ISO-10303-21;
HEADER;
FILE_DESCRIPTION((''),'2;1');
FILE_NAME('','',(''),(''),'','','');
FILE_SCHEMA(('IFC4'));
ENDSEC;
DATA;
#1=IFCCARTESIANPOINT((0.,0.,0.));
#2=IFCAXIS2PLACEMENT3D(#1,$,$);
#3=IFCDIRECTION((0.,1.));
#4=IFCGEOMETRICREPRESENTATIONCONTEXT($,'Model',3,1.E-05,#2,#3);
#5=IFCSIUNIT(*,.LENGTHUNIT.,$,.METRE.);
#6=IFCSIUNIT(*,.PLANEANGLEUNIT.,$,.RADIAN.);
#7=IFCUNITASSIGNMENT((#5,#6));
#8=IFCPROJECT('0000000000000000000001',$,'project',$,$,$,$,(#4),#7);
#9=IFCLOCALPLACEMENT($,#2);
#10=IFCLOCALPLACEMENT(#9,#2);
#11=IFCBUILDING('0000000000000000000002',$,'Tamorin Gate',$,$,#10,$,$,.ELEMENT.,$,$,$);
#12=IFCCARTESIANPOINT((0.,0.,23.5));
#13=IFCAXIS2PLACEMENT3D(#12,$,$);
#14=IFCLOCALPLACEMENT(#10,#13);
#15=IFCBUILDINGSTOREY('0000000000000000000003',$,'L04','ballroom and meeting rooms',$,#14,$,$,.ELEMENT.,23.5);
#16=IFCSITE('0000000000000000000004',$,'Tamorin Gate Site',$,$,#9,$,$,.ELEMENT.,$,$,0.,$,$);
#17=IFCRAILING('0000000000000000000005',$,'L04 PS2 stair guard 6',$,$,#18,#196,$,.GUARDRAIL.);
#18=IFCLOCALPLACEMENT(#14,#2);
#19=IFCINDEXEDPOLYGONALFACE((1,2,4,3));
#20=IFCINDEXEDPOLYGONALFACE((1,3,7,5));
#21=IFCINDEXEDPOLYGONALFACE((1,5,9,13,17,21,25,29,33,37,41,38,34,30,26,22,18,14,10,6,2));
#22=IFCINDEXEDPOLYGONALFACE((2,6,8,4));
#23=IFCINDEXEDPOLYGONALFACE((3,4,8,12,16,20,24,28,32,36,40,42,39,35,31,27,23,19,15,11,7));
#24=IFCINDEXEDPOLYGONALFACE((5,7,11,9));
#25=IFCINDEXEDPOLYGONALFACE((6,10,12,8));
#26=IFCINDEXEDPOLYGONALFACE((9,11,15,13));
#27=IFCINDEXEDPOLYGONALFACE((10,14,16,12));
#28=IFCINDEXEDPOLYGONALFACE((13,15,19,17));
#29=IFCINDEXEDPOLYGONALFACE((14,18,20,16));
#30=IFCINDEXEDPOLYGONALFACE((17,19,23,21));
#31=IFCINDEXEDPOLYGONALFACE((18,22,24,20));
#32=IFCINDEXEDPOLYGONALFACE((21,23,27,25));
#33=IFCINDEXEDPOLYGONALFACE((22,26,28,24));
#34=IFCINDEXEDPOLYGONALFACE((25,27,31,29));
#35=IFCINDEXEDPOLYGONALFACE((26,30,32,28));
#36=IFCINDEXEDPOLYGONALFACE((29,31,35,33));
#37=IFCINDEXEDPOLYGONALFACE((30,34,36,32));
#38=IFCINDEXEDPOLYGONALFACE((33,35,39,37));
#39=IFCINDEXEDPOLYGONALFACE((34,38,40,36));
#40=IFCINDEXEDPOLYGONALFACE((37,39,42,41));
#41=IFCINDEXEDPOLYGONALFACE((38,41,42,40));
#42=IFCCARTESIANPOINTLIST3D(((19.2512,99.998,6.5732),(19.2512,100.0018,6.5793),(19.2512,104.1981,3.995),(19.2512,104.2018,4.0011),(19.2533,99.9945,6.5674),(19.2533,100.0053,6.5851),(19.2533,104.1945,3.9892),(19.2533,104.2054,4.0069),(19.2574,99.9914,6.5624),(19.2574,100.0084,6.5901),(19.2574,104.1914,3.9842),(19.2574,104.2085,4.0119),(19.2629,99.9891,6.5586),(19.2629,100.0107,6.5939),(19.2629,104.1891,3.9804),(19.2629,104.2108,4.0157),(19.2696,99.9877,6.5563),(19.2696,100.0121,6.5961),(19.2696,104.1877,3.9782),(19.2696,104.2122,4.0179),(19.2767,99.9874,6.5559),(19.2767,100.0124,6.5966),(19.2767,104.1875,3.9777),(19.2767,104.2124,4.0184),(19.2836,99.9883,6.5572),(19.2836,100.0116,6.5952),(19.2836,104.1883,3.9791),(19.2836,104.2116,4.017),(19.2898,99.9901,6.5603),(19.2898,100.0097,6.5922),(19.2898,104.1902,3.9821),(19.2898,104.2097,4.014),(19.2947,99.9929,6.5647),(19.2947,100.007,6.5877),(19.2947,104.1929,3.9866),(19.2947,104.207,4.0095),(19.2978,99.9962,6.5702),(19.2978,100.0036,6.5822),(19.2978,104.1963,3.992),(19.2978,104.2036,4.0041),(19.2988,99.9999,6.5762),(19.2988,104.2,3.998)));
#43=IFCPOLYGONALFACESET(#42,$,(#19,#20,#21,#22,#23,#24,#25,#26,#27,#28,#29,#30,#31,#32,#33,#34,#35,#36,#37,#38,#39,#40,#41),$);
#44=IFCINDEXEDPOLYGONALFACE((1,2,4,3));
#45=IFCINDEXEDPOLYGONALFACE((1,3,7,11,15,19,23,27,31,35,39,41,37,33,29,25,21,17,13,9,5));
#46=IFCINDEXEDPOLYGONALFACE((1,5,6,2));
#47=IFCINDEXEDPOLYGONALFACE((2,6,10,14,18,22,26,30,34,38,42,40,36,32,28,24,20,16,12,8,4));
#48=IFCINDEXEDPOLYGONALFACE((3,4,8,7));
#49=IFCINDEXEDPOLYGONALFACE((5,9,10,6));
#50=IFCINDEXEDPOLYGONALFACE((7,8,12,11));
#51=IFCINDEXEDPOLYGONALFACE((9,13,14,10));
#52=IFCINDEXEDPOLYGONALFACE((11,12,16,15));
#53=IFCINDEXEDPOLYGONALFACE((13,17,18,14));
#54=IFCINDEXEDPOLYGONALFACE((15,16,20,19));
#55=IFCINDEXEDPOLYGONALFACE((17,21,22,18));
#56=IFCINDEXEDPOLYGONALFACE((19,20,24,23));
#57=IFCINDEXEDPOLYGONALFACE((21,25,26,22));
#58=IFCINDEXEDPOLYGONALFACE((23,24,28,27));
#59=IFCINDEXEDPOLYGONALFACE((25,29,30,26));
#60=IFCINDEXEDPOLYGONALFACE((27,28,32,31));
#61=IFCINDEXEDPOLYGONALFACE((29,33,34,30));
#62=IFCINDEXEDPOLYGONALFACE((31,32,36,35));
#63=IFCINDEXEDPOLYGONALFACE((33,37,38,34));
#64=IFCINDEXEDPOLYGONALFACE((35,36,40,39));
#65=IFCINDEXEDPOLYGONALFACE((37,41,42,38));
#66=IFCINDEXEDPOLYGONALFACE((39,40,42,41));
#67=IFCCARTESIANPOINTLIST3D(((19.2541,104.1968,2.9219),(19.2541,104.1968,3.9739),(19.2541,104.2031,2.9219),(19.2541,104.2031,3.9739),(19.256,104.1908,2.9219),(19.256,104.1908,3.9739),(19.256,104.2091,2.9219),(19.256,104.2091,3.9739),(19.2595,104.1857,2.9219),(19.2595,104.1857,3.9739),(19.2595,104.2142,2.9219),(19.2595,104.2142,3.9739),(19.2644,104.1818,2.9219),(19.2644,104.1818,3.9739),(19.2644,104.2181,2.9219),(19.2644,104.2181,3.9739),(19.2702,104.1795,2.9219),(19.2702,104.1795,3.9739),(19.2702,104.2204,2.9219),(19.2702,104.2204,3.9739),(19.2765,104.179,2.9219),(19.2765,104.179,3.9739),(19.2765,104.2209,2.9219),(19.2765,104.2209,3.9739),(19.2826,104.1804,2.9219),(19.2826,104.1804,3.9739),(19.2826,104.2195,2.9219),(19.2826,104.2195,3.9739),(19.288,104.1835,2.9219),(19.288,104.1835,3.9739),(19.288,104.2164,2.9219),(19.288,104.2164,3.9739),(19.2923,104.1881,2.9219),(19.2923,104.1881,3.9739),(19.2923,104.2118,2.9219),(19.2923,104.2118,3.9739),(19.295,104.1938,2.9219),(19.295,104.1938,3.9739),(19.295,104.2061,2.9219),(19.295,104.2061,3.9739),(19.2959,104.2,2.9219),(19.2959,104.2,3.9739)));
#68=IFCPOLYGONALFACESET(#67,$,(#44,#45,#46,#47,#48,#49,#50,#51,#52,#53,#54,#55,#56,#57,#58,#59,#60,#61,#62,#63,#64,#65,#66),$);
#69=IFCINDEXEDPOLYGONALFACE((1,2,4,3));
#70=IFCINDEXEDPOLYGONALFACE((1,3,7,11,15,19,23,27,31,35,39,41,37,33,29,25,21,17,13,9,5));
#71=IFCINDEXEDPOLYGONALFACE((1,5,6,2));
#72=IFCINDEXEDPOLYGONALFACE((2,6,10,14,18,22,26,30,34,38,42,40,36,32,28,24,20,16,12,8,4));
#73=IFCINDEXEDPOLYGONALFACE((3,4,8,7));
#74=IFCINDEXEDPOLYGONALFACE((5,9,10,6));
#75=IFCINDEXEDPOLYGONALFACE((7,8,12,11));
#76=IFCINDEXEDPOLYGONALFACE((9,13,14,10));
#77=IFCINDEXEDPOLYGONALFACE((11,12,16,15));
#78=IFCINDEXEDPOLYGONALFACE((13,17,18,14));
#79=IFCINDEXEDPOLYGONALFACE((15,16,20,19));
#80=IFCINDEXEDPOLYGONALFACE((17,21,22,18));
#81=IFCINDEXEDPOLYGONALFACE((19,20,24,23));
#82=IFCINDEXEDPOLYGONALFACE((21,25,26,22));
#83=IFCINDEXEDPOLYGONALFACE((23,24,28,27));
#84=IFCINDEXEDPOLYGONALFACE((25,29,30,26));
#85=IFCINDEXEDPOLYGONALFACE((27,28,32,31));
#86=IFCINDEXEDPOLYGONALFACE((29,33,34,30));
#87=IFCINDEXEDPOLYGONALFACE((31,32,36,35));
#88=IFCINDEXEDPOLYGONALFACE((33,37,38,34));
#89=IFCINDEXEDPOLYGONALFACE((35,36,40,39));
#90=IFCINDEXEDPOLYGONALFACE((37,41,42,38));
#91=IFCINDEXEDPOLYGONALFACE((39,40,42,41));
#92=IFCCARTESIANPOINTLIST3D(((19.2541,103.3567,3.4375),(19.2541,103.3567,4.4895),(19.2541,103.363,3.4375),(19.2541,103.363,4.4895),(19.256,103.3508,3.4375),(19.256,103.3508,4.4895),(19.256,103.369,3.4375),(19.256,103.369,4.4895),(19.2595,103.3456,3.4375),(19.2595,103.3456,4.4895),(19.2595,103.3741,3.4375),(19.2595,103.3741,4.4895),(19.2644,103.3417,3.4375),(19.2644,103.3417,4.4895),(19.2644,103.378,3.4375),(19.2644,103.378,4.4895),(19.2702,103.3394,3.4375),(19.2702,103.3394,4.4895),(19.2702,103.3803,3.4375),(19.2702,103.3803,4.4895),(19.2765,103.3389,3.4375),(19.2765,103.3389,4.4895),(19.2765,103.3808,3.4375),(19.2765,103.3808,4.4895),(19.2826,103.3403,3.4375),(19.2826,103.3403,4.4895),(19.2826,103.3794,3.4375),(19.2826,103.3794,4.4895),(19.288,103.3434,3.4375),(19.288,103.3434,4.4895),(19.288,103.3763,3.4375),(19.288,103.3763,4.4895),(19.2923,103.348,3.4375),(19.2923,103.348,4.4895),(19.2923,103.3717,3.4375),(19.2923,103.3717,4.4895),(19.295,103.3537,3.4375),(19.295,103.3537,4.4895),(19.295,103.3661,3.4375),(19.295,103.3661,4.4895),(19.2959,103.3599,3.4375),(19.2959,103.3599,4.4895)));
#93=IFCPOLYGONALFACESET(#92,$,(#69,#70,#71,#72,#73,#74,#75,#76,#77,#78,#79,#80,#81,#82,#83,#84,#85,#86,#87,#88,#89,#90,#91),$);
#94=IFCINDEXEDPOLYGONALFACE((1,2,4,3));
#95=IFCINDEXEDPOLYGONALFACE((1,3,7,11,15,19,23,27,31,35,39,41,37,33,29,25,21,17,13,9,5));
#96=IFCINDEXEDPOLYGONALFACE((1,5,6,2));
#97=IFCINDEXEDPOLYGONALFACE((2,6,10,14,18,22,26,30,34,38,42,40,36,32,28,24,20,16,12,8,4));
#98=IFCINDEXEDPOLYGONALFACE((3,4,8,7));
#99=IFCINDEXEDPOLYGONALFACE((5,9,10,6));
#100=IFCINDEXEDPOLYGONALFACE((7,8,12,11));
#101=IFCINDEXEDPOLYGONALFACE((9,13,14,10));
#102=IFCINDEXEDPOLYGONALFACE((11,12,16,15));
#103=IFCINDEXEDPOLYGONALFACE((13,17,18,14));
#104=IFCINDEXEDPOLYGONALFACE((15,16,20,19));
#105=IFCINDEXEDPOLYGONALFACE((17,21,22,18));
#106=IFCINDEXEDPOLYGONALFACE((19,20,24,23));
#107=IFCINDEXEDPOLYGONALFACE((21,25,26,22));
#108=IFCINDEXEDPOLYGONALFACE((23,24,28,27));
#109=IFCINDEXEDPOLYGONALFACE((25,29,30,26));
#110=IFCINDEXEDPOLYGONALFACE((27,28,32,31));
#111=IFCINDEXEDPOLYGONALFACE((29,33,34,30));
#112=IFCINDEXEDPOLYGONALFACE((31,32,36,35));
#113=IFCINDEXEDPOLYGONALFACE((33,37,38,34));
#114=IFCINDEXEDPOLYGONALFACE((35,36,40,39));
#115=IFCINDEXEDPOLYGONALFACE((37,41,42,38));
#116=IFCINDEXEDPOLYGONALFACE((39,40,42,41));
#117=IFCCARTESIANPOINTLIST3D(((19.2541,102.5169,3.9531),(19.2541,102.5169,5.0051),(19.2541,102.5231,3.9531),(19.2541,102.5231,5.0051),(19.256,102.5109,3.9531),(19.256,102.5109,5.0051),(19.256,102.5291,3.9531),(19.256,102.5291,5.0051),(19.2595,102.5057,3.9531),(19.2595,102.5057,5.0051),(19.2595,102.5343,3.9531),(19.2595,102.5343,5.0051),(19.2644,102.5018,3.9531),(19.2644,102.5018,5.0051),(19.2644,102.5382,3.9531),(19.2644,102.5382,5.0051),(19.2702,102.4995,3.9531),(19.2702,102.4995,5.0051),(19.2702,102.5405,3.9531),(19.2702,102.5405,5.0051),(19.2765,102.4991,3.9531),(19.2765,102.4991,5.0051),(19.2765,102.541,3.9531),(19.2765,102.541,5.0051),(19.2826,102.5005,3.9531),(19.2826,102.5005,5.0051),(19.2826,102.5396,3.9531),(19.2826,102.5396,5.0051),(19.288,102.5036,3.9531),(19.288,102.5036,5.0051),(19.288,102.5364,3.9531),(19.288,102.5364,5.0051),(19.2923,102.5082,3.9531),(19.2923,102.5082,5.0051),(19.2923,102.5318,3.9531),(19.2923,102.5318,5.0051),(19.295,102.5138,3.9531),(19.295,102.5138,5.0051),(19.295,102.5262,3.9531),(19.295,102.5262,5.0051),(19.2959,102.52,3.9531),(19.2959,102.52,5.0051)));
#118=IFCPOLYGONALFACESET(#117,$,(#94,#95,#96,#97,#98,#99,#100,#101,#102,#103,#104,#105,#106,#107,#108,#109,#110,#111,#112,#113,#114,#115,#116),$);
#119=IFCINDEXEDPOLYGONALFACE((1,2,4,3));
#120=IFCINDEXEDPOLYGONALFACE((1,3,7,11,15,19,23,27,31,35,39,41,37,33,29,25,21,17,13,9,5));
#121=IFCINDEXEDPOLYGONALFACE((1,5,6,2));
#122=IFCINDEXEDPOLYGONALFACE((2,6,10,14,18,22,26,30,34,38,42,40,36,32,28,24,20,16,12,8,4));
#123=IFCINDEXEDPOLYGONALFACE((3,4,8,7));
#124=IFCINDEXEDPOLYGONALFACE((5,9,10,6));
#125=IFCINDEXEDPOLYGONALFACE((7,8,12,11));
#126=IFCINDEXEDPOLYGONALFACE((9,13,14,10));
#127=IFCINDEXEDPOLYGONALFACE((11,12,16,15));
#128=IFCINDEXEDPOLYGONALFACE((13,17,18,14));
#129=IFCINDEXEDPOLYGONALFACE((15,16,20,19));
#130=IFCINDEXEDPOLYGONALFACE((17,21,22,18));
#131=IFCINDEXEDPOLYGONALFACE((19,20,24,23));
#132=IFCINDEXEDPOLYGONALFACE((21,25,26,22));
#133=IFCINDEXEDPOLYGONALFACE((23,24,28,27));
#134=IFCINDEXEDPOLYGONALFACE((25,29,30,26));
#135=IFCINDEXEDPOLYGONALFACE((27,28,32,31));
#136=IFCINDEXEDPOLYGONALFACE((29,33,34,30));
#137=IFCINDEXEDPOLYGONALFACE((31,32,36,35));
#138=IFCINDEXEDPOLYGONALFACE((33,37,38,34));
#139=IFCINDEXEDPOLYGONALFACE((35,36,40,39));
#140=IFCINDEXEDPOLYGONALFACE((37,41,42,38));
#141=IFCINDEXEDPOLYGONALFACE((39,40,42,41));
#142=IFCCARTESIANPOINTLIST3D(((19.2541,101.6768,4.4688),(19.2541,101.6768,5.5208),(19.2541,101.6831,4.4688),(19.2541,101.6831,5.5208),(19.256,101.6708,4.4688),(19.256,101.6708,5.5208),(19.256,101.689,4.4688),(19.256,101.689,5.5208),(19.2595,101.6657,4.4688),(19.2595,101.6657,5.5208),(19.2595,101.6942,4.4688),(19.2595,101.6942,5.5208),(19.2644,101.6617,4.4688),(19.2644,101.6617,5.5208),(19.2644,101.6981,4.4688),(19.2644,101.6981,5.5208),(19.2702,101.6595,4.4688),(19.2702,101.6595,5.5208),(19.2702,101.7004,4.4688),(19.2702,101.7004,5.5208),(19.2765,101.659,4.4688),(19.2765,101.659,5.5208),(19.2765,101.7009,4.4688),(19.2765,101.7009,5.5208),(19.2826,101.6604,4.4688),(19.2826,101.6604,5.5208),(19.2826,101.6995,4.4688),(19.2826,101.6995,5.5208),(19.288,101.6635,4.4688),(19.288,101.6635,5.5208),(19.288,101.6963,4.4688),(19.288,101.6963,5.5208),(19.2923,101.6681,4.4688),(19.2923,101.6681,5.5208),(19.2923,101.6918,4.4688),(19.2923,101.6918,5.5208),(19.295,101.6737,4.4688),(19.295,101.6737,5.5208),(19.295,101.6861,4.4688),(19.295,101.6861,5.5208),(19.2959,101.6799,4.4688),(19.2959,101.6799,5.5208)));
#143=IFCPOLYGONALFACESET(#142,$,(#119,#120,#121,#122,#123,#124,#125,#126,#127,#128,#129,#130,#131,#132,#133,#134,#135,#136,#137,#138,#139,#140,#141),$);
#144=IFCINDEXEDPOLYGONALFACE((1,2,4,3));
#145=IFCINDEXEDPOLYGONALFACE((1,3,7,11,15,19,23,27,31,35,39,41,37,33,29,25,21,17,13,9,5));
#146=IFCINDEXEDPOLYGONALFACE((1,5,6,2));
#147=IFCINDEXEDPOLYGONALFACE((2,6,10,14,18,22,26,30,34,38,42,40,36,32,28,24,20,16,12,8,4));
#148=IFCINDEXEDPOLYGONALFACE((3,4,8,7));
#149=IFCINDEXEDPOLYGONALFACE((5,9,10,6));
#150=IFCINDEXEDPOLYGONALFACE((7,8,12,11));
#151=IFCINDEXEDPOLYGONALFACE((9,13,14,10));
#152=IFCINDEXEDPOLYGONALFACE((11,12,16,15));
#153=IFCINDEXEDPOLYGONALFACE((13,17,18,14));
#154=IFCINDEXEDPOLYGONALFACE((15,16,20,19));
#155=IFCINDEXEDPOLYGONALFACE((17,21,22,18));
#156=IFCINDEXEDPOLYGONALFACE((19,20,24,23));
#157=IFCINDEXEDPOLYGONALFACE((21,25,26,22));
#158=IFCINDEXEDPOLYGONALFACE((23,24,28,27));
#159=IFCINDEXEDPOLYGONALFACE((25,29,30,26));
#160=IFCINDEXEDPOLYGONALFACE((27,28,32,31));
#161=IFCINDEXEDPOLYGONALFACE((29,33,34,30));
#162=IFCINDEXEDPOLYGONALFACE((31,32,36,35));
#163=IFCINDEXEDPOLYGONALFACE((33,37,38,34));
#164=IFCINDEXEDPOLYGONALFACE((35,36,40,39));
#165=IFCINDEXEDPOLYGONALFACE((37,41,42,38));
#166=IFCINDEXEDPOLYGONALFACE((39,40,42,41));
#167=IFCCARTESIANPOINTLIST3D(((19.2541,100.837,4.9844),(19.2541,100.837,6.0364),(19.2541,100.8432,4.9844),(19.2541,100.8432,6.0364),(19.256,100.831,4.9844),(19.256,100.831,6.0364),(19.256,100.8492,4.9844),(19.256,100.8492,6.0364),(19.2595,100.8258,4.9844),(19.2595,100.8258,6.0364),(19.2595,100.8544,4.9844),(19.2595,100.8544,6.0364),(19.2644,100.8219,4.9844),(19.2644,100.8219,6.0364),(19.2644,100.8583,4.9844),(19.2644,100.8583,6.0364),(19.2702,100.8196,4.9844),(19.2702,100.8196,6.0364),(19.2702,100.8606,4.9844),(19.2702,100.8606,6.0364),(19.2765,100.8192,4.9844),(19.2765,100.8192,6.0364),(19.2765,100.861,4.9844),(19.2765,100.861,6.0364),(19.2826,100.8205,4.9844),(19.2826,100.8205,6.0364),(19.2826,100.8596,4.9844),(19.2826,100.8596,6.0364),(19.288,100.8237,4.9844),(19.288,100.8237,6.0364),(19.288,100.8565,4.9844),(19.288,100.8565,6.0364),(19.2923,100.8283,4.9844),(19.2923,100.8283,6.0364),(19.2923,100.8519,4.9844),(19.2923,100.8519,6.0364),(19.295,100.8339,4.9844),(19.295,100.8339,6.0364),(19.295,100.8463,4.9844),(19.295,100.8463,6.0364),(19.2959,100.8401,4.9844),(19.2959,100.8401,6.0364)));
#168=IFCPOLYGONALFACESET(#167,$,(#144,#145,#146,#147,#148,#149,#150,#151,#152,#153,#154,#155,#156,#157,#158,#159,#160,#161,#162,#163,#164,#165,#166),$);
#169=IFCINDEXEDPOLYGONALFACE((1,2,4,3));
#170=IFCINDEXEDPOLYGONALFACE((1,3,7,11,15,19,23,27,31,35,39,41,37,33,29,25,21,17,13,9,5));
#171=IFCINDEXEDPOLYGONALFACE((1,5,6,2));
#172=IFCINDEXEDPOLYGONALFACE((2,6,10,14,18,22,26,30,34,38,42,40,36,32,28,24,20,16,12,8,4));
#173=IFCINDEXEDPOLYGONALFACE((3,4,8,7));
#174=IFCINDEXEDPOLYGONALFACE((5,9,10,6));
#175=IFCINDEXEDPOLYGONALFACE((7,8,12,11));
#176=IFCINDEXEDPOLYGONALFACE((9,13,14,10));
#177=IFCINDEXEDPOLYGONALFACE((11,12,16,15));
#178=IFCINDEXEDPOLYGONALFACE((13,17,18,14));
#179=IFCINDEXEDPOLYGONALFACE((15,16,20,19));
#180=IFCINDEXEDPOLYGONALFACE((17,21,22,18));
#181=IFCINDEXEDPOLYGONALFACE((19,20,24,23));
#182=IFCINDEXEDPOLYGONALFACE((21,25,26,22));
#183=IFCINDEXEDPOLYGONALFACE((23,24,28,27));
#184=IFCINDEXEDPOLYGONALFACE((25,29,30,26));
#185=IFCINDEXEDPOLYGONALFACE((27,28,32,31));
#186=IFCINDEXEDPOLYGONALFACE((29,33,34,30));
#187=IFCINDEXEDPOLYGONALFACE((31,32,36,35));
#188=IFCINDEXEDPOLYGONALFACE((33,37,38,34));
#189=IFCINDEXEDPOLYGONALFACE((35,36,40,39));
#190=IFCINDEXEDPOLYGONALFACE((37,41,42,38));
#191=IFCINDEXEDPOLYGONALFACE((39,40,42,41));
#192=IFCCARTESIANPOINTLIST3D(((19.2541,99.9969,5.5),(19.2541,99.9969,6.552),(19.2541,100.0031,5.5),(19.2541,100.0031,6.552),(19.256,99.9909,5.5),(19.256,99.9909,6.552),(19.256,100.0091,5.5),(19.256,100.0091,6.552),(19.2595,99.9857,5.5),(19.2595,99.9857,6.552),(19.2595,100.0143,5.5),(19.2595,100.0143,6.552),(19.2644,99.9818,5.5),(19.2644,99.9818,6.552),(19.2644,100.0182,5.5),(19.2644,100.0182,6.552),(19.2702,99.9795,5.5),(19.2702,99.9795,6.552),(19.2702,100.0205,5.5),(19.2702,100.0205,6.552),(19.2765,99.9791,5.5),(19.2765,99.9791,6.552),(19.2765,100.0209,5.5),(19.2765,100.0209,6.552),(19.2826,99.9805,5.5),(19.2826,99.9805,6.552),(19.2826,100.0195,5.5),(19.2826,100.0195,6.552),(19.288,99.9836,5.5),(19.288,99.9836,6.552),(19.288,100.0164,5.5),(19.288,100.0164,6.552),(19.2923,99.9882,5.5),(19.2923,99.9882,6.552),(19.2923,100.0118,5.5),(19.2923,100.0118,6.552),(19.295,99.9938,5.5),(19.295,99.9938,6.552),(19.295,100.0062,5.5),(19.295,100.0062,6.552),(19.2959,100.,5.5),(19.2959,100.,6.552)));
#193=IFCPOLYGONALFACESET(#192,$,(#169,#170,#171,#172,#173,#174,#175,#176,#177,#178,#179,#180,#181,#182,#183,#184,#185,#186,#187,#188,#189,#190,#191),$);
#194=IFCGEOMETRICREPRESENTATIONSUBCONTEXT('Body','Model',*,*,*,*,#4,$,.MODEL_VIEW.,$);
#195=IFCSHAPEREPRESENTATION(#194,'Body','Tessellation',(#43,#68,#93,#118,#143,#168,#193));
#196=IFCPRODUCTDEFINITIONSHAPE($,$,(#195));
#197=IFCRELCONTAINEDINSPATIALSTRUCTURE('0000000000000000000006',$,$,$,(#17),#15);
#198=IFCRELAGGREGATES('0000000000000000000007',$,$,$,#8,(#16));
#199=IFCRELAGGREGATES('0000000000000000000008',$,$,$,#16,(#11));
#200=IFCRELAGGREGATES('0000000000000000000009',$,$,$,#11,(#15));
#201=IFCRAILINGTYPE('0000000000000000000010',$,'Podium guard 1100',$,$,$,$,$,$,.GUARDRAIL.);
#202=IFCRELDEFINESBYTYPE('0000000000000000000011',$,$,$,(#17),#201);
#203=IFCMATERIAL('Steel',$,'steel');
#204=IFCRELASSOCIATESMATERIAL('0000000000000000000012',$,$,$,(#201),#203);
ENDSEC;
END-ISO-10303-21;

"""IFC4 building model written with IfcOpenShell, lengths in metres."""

from ifc_helpers import new_model, si_unit, direction, frame, origin, origin_2d, place, context, subcontext, project, spatial, circle, extrude, material, type_object, element, save


model = new_model("IFC4")

# Units and contexts
model_context = context("Model", 3, precision=1e-05, world=origin(), true_north=direction((0.0, 1.0)))
body_context = subcontext(model_context, "Body", "Model", "MODEL_VIEW")
ifc_project = project(units=[si_unit("LENGTHUNIT", "METRE"), si_unit("PLANEANGLEUNIT", "RADIAN")], contexts=[model_context])

# Site, building, storey
site_placement = place(None, origin())
site = spatial("IfcSite", under=ifc_project, at=site_placement, Name="Tamorin Gate Site", CompositionType="ELEMENT", RefElevation=0.0)
building_placement = place(site_placement, origin())
building = spatial("IfcBuilding", under=site, at=building_placement, Name="Tamorin Gate", CompositionType="ELEMENT")
storey_placement = place(building_placement, frame((0.0, 0.0, 23.5)))
storey = spatial("IfcBuildingStorey", under=building, at=storey_placement, Name="L04", Description="ballroom and meeting rooms", CompositionType="ELEMENT", Elevation=23.5)

# Railing
ifc_material_1 = material(Name="Steel", Category="steel")
railing_type_1 = type_object("IfcRailingType", Name="Podium guard 1100", PredefinedType="GUARDRAIL", material=ifc_material_1)
railing_1_placement = place(storey_placement, frame((19.2749, 104.2, 2.9219)))
element("IfcRailing", 1, at=railing_1_placement, inside=storey, type_object=railing_type_1, Name="L04 PS2 stair guard 6", PredefinedType="GUARDRAIL", context=body_context, shape_type="SweptSolid", body=[
    extrude(circle(Radius=0.0239, at=origin_2d()), frame((0.0, 0.0, 1.0762), z_axis=(0.0, -0.852243, 0.523146), x_axis=(1.0, 0.0, 0.0)), (0.0, 0.0, 1.0), 4.9282),
    extrude(circle(Radius=0.021, at=origin_2d()), origin(), (0.0, 0.0, 1.0), 1.052),
    extrude(circle(Radius=0.021, at=origin_2d()), frame((0.0, -0.8401, 0.5156)), (0.0, 0.0, 1.0), 1.052),
    extrude(circle(Radius=0.021, at=origin_2d()), frame((0.0, -1.6799, 1.0312)), (0.0, 0.0, 1.0), 1.052),
    extrude(circle(Radius=0.021, at=origin_2d()), frame((0.0, -2.52, 1.5469)), (0.0, 0.0, 1.0), 1.052),
    extrude(circle(Radius=0.021, at=origin_2d()), frame((0.0, -3.3599, 2.0625)), (0.0, 0.0, 1.0), 1.052),
    extrude(circle(Radius=0.021, at=origin_2d()), frame((0.0, -4.2, 2.5781)), (0.0, 0.0, 1.0), 1.052),
])

save(model, "model.ifc")
